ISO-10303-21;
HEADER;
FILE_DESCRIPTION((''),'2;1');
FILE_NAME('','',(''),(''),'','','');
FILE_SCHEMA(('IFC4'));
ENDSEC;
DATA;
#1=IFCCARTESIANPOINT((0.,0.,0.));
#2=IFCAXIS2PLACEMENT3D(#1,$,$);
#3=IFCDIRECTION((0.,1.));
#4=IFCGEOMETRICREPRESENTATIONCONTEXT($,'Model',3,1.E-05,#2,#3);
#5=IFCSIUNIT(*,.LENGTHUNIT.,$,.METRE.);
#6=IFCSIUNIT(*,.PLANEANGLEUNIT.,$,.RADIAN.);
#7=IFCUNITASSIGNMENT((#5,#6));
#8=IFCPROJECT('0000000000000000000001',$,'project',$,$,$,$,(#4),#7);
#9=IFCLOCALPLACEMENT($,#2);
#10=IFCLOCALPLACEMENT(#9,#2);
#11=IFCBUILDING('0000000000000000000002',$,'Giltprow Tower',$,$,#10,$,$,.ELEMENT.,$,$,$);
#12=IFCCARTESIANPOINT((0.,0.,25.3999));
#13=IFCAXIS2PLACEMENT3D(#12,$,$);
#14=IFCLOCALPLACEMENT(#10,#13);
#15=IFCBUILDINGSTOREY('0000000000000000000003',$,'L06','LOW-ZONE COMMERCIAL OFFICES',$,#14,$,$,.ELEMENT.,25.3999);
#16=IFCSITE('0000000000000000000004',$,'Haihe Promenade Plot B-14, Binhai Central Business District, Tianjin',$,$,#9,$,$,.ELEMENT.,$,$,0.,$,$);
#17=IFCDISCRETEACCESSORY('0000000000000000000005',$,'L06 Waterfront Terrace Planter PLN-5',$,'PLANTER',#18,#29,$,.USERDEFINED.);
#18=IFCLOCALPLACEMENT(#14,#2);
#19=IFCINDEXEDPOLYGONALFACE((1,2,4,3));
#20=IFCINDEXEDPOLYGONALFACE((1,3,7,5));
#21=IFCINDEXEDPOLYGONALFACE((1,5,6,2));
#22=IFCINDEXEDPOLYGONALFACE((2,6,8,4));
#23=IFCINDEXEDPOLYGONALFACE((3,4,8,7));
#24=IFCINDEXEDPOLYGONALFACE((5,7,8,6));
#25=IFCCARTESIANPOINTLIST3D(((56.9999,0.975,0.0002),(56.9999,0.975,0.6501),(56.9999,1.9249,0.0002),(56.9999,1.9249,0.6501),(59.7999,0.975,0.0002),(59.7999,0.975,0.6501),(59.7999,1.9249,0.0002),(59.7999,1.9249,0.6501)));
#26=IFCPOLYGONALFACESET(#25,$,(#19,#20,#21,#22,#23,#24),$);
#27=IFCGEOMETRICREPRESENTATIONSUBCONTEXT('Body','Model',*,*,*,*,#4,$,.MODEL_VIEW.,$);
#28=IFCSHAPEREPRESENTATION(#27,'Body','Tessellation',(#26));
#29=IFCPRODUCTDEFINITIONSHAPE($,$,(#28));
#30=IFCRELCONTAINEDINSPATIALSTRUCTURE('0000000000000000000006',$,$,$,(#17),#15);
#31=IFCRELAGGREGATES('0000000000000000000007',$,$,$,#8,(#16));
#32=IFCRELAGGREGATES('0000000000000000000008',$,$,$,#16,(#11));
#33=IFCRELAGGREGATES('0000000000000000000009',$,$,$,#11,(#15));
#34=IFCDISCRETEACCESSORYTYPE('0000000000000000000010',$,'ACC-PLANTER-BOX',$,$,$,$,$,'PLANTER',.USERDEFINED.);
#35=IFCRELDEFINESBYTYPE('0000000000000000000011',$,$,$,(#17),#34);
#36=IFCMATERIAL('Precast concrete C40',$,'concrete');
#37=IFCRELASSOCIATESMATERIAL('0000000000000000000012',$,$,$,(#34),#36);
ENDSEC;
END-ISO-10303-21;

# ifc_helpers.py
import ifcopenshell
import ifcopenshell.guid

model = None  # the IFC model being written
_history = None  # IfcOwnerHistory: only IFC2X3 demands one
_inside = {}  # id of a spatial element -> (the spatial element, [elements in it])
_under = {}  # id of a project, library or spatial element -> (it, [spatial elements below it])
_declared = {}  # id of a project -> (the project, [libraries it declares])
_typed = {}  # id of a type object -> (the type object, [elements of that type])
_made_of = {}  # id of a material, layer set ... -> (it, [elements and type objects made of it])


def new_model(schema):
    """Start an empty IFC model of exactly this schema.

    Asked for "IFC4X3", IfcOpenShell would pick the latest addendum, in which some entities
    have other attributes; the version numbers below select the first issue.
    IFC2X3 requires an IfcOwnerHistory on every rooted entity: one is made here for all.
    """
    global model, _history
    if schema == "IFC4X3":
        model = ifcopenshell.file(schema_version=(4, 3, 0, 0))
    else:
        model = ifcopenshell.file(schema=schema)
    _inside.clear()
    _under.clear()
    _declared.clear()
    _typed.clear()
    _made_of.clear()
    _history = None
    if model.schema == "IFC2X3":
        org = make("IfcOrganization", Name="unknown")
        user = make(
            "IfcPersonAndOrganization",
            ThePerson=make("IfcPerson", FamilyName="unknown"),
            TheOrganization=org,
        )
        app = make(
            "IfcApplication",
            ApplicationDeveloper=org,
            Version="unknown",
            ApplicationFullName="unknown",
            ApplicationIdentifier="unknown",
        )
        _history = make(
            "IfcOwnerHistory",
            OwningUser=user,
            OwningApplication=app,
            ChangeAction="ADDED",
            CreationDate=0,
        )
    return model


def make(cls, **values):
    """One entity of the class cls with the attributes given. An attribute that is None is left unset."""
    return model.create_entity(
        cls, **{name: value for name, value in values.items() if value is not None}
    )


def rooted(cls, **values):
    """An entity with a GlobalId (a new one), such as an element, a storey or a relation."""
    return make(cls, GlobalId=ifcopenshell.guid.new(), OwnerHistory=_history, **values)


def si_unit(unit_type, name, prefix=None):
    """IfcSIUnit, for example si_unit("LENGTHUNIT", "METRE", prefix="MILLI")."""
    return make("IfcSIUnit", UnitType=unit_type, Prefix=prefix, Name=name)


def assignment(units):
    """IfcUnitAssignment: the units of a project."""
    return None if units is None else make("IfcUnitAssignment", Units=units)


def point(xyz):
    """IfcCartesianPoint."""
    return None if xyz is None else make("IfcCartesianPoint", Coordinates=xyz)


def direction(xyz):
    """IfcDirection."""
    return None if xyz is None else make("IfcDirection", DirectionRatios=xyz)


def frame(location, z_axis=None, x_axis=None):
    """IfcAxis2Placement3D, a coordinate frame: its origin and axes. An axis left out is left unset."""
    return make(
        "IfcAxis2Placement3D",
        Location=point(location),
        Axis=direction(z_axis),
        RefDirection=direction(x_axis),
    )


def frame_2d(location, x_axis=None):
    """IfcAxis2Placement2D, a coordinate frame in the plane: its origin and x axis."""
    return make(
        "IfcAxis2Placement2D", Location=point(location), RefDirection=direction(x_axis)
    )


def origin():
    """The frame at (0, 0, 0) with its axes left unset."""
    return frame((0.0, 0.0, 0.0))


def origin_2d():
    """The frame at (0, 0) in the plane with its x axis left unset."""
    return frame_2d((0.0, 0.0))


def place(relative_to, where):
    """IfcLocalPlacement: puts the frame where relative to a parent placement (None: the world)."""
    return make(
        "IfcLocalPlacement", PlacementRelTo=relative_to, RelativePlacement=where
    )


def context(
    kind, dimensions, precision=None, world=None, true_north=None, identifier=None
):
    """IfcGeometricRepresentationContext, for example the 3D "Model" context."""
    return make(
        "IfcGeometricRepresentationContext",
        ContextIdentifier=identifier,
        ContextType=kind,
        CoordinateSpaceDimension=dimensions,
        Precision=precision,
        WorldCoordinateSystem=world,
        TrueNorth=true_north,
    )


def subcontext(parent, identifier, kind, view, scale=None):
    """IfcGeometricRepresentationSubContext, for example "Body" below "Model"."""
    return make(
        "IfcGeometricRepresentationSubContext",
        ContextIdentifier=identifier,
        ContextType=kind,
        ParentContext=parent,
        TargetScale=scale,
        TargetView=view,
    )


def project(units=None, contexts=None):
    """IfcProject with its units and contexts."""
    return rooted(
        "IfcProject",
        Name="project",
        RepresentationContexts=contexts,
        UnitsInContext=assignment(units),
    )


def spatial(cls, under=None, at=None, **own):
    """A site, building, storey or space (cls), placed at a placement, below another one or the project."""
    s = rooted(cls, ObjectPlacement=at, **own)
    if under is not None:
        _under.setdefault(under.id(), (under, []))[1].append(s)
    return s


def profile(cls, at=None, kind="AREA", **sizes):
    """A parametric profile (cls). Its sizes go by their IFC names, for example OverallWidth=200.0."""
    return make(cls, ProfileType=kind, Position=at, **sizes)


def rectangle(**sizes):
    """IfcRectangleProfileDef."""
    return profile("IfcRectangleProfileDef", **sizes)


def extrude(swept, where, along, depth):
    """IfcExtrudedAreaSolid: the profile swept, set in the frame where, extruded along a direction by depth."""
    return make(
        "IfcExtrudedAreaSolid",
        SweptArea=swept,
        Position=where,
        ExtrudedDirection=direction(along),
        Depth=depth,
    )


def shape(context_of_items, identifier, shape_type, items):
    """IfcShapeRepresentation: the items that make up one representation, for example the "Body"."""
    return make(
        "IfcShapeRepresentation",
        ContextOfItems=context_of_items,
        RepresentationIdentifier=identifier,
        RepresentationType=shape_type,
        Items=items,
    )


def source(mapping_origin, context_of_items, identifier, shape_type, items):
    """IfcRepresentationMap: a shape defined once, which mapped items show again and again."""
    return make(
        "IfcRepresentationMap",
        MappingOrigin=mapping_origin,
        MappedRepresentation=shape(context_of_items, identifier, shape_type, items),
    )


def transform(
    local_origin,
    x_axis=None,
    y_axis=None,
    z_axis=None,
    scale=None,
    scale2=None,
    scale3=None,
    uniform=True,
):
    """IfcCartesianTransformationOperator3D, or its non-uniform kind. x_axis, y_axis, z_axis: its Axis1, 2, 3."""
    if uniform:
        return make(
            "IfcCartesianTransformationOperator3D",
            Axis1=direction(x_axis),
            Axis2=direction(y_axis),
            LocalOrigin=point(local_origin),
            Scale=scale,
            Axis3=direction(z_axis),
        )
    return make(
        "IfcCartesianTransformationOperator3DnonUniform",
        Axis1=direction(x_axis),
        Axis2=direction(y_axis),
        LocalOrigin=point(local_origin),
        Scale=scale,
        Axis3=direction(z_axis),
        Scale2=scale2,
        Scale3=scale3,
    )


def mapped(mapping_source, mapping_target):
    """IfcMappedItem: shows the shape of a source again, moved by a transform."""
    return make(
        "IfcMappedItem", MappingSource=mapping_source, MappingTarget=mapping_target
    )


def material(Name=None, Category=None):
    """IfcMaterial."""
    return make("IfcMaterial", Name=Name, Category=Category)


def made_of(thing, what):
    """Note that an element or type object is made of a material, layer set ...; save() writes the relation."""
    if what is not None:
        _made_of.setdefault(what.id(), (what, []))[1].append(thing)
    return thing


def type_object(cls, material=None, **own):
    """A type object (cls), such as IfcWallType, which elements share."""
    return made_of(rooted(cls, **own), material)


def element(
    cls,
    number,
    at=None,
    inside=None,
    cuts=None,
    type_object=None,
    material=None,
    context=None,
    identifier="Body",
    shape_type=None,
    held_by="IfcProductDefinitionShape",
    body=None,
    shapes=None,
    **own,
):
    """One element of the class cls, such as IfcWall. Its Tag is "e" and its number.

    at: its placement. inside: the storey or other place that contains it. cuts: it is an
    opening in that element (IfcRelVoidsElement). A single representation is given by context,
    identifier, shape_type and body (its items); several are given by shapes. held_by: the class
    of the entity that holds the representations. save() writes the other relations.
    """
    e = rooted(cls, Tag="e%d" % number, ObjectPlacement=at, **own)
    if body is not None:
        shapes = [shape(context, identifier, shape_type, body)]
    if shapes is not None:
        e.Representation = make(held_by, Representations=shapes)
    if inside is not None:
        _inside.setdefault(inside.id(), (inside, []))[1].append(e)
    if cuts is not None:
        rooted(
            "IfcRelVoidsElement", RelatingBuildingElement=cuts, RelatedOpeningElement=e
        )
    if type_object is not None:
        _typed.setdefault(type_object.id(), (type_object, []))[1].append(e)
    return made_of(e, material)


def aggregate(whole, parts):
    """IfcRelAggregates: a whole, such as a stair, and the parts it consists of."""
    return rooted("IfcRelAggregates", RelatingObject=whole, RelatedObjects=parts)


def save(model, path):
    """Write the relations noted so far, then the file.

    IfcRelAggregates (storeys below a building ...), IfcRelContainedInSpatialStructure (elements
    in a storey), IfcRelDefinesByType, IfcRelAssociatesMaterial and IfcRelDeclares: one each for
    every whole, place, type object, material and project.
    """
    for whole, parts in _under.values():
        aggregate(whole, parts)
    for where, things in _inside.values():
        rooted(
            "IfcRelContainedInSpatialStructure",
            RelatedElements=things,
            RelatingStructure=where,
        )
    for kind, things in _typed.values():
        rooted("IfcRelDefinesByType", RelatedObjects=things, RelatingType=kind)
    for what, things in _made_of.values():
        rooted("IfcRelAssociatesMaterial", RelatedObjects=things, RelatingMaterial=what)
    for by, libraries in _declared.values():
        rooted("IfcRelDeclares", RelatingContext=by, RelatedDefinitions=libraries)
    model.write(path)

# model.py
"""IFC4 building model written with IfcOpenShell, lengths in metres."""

from ifc_helpers import new_model, si_unit, direction, frame, origin, origin_2d, place, context, subcontext, project, spatial, rectangle, extrude, source, transform, mapped, material, type_object, element, save


model = new_model("IFC4")

# Units and contexts
model_context = context("Model", 3, precision=1e-05, world=origin(), true_north=direction((0.0, 1.0)))
body_context = subcontext(model_context, "Body", "Model", "MODEL_VIEW")
ifc_project = project(units=[si_unit("LENGTHUNIT", "METRE"), si_unit("PLANEANGLEUNIT", "RADIAN")], contexts=[model_context])

# Site, building, storey
site_placement = place(None, origin())
site = spatial("IfcSite", under=ifc_project, at=site_placement, Name="Haihe Promenade Plot B-14, Binhai Central Business District, Tianjin", CompositionType="ELEMENT", RefElevation=0.0)
building_placement = place(site_placement, origin())
building = spatial("IfcBuilding", under=site, at=building_placement, Name="Giltprow Tower", CompositionType="ELEMENT")
storey_placement = place(building_placement, frame((0.0, 0.0, 25.3999)))
storey = spatial("IfcBuildingStorey", under=building, at=storey_placement, Name="L06", Description="LOW-ZONE COMMERCIAL OFFICES", CompositionType="ELEMENT", Elevation=25.3999)

# Shared definitions
ifc_material_1 = material(Name="Precast concrete C40", Category="concrete")

# Discrete accessory
discrete_accessory_type = type_object("IfcDiscreteAccessoryType", Name="ACC-PLANTER-BOX", ElementType="PLANTER", PredefinedType="USERDEFINED", material=ifc_material_1)
shared_shape_1 = source(origin(), body_context, "Body", "SweptSolid", [
    extrude(rectangle(XDim=2.8, YDim=0.95, at=origin_2d()), origin(), (0.0, 0.0, 1.0), 0.6499),
])
discrete_accessory_placement = place(storey_placement, frame((58.3999, 1.45, 0.0002), z_axis=(0.0, 0.0, 1.0), x_axis=(1.0, 0.0, 0.0)))
element("IfcDiscreteAccessory", 1, at=discrete_accessory_placement, inside=storey, type_object=discrete_accessory_type, Name="L06 Waterfront Terrace Planter PLN-5", ObjectType="PLANTER", PredefinedType="USERDEFINED", context=body_context, shape_type="MappedRepresentation", body=[
    mapped(shared_shape_1, transform((0.0, 0.0, 0.0), x_axis=(1.0, 0.0, 0.0), y_axis=(0.0, 1.0, 0.0), z_axis=(0.0, 0.0, 1.0), scale=1.0)),
])

save(model, "model.ifc")
